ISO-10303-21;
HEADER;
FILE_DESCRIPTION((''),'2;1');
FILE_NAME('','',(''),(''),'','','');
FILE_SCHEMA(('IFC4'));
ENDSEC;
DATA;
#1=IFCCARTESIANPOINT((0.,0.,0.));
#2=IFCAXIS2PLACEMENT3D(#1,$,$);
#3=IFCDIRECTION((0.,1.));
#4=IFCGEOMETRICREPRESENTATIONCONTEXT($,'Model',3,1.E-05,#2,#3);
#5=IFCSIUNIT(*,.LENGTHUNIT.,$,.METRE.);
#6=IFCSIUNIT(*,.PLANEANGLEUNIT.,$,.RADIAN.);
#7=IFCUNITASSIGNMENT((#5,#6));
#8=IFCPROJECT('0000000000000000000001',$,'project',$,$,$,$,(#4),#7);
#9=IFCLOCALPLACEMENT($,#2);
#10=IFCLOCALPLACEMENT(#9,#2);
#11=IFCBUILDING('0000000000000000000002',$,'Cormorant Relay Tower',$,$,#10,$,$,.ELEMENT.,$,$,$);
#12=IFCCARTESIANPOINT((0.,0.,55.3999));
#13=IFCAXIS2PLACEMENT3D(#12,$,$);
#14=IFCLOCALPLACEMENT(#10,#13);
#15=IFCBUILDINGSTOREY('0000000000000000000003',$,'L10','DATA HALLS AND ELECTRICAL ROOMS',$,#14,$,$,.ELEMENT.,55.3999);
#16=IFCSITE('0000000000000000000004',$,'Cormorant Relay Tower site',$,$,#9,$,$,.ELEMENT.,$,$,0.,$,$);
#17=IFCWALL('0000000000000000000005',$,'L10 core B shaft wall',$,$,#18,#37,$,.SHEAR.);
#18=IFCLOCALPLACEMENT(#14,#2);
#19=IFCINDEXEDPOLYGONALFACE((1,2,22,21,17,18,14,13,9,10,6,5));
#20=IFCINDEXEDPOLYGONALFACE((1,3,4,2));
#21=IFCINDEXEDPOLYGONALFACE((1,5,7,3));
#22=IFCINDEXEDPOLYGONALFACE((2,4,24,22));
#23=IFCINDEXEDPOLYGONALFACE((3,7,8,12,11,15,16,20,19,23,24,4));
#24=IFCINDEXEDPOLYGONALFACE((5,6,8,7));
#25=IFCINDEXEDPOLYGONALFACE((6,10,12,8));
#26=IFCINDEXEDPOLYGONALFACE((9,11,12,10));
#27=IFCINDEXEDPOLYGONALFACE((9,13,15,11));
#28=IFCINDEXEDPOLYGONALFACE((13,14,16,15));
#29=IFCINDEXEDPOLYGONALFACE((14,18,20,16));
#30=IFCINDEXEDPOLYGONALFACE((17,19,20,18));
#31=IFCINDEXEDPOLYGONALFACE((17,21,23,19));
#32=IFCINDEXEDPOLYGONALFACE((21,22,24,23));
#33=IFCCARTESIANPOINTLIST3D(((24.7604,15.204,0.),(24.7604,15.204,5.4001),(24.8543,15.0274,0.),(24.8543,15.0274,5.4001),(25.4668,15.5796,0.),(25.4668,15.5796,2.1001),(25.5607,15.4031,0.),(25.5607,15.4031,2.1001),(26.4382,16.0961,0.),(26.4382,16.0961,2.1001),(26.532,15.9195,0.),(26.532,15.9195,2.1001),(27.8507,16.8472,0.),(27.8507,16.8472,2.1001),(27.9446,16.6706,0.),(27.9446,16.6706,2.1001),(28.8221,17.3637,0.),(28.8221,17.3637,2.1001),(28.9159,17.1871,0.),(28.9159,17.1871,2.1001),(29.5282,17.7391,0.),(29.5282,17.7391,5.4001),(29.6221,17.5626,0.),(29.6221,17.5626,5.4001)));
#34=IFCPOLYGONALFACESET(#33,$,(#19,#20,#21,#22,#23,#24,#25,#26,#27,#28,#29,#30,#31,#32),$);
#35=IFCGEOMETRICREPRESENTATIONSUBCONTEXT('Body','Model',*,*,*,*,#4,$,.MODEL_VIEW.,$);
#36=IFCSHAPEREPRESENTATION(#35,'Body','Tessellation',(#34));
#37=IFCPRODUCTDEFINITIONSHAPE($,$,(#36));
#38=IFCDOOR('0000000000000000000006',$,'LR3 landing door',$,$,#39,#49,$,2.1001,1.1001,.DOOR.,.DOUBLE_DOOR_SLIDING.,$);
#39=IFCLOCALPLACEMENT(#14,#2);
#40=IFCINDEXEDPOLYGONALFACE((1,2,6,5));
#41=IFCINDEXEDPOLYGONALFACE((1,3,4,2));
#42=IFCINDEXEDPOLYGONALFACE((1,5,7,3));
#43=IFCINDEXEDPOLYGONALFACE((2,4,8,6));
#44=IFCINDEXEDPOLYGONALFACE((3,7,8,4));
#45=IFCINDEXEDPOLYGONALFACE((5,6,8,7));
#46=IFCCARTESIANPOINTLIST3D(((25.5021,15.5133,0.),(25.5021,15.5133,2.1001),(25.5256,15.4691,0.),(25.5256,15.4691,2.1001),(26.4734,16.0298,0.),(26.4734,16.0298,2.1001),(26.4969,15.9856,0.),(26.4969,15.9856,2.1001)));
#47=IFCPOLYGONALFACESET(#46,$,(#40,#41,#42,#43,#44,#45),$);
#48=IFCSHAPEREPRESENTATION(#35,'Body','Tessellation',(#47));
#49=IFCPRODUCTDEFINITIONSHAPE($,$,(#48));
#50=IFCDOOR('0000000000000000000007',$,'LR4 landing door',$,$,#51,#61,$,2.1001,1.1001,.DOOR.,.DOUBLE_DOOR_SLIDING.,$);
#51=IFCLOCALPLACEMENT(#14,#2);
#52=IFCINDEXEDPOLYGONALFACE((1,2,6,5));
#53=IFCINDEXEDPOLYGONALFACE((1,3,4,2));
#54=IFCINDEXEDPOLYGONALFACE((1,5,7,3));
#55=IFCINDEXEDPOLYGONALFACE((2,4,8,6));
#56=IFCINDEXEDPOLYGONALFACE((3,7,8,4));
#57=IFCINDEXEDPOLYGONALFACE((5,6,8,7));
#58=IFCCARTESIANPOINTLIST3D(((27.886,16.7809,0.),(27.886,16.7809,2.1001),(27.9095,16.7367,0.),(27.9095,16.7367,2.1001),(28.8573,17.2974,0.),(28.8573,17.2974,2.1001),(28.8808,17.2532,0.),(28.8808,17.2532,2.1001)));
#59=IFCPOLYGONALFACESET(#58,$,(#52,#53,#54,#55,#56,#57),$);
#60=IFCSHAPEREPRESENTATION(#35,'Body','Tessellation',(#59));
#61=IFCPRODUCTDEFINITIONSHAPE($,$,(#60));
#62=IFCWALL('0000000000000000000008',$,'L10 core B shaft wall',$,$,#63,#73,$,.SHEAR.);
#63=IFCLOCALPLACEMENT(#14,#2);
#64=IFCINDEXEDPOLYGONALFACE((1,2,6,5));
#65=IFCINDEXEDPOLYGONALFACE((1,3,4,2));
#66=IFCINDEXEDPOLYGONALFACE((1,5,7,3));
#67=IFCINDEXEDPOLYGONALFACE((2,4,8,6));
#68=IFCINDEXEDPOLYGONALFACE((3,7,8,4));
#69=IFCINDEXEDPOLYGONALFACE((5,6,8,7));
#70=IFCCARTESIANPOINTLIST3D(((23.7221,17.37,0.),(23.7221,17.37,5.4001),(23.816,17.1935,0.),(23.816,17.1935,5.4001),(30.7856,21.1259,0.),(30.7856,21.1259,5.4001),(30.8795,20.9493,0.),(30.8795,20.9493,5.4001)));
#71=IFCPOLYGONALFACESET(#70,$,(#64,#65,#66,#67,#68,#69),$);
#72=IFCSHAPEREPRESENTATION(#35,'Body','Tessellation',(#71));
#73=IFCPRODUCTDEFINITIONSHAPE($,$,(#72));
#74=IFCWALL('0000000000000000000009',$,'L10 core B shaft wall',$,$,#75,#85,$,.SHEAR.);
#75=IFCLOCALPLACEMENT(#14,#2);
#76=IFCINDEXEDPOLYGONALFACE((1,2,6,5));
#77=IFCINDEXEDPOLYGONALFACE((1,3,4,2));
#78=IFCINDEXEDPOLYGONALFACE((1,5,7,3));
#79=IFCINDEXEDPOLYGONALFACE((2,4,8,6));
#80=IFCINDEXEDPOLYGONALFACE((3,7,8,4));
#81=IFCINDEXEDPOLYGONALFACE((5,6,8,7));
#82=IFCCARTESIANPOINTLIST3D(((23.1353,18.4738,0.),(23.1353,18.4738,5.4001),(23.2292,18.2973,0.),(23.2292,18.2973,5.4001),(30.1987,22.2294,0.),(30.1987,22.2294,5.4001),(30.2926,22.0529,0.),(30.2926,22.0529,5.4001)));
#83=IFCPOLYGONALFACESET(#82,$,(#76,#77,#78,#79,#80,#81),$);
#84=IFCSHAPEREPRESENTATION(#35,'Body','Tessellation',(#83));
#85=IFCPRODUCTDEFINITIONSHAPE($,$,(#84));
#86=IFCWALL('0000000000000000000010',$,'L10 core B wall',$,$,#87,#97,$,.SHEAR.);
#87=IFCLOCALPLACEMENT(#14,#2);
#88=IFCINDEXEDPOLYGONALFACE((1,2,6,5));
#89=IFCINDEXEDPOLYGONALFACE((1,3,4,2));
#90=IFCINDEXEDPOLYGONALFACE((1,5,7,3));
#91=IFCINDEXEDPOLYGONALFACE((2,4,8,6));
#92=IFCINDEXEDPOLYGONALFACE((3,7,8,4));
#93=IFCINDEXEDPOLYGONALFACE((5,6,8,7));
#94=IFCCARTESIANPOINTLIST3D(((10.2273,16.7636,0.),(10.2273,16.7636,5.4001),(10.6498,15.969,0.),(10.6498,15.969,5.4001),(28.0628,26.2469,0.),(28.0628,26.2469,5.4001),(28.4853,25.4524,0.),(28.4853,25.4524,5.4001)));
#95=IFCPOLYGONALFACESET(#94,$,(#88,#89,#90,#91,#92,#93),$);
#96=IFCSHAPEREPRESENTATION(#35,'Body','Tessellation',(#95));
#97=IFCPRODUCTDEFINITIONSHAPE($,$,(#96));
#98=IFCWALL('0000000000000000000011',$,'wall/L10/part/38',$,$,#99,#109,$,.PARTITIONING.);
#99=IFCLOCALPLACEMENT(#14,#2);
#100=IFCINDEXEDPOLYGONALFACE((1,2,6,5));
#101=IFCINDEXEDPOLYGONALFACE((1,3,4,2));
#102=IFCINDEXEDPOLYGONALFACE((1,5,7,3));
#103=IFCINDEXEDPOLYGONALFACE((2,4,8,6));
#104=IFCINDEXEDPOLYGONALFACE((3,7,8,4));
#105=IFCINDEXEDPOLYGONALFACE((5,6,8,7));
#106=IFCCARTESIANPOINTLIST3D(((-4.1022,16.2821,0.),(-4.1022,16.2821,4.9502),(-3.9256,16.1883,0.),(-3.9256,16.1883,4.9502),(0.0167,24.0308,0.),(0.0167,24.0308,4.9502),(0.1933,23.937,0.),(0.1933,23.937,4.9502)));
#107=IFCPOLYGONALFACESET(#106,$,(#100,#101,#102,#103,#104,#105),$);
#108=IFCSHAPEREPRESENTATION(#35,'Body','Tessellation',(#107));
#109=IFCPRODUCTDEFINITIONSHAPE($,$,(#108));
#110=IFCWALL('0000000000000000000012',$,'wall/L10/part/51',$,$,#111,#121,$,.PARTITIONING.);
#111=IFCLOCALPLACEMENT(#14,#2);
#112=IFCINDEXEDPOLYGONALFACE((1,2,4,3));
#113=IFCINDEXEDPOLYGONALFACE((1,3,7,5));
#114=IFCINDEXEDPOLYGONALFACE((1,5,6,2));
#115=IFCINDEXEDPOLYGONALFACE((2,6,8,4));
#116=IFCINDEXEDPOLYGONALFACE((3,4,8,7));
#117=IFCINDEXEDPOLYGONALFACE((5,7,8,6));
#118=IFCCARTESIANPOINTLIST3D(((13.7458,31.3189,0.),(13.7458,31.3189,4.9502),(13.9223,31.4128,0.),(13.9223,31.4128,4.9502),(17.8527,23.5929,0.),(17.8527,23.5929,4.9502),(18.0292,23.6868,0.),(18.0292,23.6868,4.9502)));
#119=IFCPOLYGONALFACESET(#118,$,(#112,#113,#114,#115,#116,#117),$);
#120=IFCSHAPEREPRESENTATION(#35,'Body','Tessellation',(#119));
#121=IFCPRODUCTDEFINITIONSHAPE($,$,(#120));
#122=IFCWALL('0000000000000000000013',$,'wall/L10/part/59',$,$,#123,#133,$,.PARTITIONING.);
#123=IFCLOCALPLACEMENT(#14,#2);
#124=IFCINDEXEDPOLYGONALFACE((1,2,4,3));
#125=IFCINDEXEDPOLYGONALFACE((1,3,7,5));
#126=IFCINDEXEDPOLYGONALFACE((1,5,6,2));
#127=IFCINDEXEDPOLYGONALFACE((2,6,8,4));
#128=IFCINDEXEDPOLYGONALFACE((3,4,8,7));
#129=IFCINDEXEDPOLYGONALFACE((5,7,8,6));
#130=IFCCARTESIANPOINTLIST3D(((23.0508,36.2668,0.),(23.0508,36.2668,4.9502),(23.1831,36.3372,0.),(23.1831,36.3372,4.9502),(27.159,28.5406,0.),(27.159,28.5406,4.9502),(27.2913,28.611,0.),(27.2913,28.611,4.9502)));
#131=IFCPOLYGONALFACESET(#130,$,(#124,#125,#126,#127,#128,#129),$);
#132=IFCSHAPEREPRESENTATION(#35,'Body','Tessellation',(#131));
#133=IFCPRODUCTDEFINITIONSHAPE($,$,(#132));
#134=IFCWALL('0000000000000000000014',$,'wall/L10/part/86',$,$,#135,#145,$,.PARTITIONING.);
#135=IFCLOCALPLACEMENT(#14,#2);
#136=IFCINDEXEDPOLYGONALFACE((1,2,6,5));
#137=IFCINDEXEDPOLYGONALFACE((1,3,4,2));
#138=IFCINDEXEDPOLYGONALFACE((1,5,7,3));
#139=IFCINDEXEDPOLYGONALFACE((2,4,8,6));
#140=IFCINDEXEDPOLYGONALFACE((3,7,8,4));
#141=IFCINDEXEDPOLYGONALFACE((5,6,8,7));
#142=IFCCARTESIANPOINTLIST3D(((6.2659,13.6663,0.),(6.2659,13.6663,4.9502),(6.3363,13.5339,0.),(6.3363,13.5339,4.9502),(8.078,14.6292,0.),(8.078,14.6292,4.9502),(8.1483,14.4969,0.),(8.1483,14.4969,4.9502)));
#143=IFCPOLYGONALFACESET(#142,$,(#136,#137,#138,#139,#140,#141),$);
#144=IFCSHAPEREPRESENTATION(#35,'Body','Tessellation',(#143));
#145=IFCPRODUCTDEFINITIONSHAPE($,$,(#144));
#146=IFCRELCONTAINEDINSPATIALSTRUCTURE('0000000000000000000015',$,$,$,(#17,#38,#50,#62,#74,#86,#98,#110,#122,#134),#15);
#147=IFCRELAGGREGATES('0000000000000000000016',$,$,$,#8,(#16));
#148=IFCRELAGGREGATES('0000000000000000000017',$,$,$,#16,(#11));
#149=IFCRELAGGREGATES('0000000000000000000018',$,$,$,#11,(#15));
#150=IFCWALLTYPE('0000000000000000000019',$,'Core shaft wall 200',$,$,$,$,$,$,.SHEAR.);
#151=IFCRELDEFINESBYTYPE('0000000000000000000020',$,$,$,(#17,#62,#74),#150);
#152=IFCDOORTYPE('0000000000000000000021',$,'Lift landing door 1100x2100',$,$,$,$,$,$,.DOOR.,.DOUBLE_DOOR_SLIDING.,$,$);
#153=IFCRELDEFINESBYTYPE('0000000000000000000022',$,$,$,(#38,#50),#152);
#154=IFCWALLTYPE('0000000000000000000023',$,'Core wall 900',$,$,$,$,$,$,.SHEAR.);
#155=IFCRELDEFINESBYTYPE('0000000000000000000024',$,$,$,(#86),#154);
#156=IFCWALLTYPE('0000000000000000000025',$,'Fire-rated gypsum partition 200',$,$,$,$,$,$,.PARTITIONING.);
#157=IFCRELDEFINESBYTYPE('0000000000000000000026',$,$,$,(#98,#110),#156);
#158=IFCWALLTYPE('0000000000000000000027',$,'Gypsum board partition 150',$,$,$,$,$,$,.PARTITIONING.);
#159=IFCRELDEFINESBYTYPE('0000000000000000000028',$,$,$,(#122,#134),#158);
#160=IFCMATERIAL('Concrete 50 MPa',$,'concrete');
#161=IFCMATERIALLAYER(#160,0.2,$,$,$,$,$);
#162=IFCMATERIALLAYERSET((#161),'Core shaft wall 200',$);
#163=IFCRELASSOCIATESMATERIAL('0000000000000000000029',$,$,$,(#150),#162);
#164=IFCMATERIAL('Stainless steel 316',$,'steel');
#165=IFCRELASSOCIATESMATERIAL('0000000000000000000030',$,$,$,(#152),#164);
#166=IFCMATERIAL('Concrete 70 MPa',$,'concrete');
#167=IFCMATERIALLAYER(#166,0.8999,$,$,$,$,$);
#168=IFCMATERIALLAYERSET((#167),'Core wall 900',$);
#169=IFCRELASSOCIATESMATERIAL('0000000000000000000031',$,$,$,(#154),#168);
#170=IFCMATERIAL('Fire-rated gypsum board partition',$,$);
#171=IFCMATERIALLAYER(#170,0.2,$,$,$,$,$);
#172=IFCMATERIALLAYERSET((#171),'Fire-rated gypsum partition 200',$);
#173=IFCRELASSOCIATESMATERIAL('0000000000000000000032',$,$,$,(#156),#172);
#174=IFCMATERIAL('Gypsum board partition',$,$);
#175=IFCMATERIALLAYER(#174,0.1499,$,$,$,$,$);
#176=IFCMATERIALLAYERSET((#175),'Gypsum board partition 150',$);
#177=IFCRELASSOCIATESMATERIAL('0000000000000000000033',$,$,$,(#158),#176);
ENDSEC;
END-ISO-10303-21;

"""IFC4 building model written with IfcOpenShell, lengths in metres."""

from ifc_helpers import new_model, si_unit, direction, frame, frame_2d, origin, place, context, subcontext, project, spatial, rectangle, extrude, material, layer, layer_set, type_object, element, fill, save


model = new_model("IFC4")

# Units and contexts
model_context = context("Model", 3, precision=1e-05, world=origin(), true_north=direction((0.0, 1.0)))
body_context = subcontext(model_context, "Body", "Model", "MODEL_VIEW")
ifc_project = project(units=[si_unit("LENGTHUNIT", "METRE"), si_unit("PLANEANGLEUNIT", "RADIAN")], contexts=[model_context])

# Site, building, storey
site_placement = place(None, origin())
site = spatial("IfcSite", under=ifc_project, at=site_placement, Name="Cormorant Relay Tower site", CompositionType="ELEMENT", RefElevation=0.0)
building_placement = place(site_placement, origin())
building = spatial("IfcBuilding", under=site, at=building_placement, Name="Cormorant Relay Tower", CompositionType="ELEMENT")
storey_placement = place(building_placement, frame((0.0, 0.0, 55.3999)))
storey = spatial("IfcBuildingStorey", under=building, at=storey_placement, Name="L10", Description="DATA HALLS AND ELECTRICAL ROOMS", CompositionType="ELEMENT", Elevation=55.3999)

# Shared definitions
ifc_material_1 = material(Name="Concrete 50 MPa", Category="concrete")
ifc_layer_1 = layer(ifc_material_1, 0.2)
ifc_layer_set_1 = layer_set([ifc_layer_1], Name="Core shaft wall 200")
wall_type_1 = type_object("IfcWallType", Name="Core shaft wall 200", PredefinedType="SHEAR", material=ifc_layer_set_1)

# Wall, openings, doors
wall_1_placement = place(storey_placement, frame((24.8074, 15.1157, 0.0), z_axis=(0.0, 0.0, 1.0), x_axis=(0.882943, 0.46948, 0.0)))
wall_1 = element("IfcWall", 1, at=wall_1_placement, inside=storey, type_object=wall_type_1, Name="L10 core B shaft wall", PredefinedType="SHEAR", context=body_context, shape_type="SweptSolid", body=[
    extrude(rectangle(XDim=5.3999, YDim=0.2, at=frame_2d((2.7, 0.0))), origin(), (0.0, 0.0, 1.0), 5.4001),
])
opening_1_placement = place(wall_1_placement, frame((0.8, 0.0, 0.0)))
opening_1 = element("IfcOpeningElement", 2, at=opening_1_placement, cuts=wall_1, PredefinedType="OPENING", context=body_context, shape_type="SweptSolid", body=[
    extrude(rectangle(XDim=1.1001, YDim=2.1001, at=frame_2d((0.55, 1.05))), frame((0.0, 0.1099, 0.0), z_axis=(0.0, -1.0, 0.0), x_axis=(1.0, 0.0, 0.0)), (0.0, 0.0, 1.0), 0.22),
])
opening_2_placement = place(wall_1_placement, frame((3.5, 0.0, 0.0)))
opening_2 = element("IfcOpeningElement", 3, at=opening_2_placement, cuts=wall_1, PredefinedType="OPENING", context=body_context, shape_type="SweptSolid", body=[
    extrude(rectangle(XDim=1.1001, YDim=2.1001, at=frame_2d((0.55, 1.05))), frame((0.0, 0.1099, 0.0), z_axis=(0.0, -1.0, 0.0), x_axis=(1.0, 0.0, 0.0)), (0.0, 0.0, 1.0), 0.22),
])
ifc_material_2 = material(Name="Stainless steel 316", Category="steel")
door_type_1 = type_object("IfcDoorType", Name="Lift landing door 1100x2100", OperationType="DOUBLE_DOOR_SLIDING", PredefinedType="DOOR", material=ifc_material_2)
door_1_placement = place(opening_1_placement, origin())
door_1 = element("IfcDoor", 4, at=door_1_placement, inside=storey, type_object=door_type_1, Name="LR3 landing door", OperationType="DOUBLE_DOOR_SLIDING", OverallHeight=2.1001, OverallWidth=1.1001, PredefinedType="DOOR", context=body_context, shape_type="SweptSolid", body=[
    extrude(rectangle(XDim=1.1001, YDim=2.1001, at=frame_2d((0.55, 1.05))), frame((0.0, 0.0249, 0.0), z_axis=(0.0, -1.0, 0.0), x_axis=(1.0, 0.0, 0.0)), (0.0, 0.0, 1.0), 0.05),
])
fill(opening_1, door_1)
door_2_placement = place(opening_2_placement, origin())
door_2 = element("IfcDoor", 5, at=door_2_placement, inside=storey, type_object=door_type_1, Name="LR4 landing door", OperationType="DOUBLE_DOOR_SLIDING", OverallHeight=2.1001, OverallWidth=1.1001, PredefinedType="DOOR", context=body_context, shape_type="SweptSolid", body=[
    extrude(rectangle(XDim=1.1001, YDim=2.1001, at=frame_2d((0.55, 1.05))), frame((0.0, 0.0249, 0.0), z_axis=(0.0, -1.0, 0.0), x_axis=(1.0, 0.0, 0.0)), (0.0, 0.0, 1.0), 0.05),
])
fill(opening_2, door_2)

# Walls
wall_2_placement = place(storey_placement, frame((23.769, 17.2817, 0.0), z_axis=(0.0, 0.0, 1.0), x_axis=(0.88294, 0.469485, 0.0)))
element("IfcWall", 6, at=wall_2_placement, inside=storey, type_object=wall_type_1, Name="L10 core B shaft wall", PredefinedType="SHEAR", context=body_context, shape_type="SweptSolid", body=[
    extrude(rectangle(XDim=8.0, YDim=0.2, at=frame_2d((4.0, 0.0))), origin(), (0.0, 0.0, 1.0), 5.4001),
])
wall_3_placement = place(storey_placement, frame((23.1821, 18.3855, 0.0), z_axis=(0.0, 0.0, 1.0), x_axis=(0.882953, 0.469462, 0.0)))
element("IfcWall", 7, at=wall_3_placement, inside=storey, type_object=wall_type_1, Name="L10 core B shaft wall", PredefinedType="SHEAR", context=body_context, shape_type="SweptSolid", body=[
    extrude(rectangle(XDim=7.9998, YDim=0.2, at=frame_2d((4.0, 0.0))), origin(), (0.0, 0.0, 1.0), 5.4001),
])
ifc_material_3 = material(Name="Concrete 70 MPa", Category="concrete")
ifc_layer_2 = layer(ifc_material_3, 0.8999)
ifc_layer_set_2 = layer_set([ifc_layer_2], Name="Core wall 900")
wall_type_2 = type_object("IfcWallType", Name="Core wall 900", PredefinedType="SHEAR", material=ifc_layer_set_2)
wall_4_placement = place(storey_placement, frame((10.4385, 16.3662, 0.0), z_axis=(0.0, 0.0, 1.0), x_axis=(0.882945, 0.469476, 0.0)))
element("IfcWall", 8, at=wall_4_placement, inside=storey, type_object=wall_type_2, Name="L10 core B wall", PredefinedType="SHEAR", context=body_context, shape_type="SweptSolid", body=[
    extrude(rectangle(XDim=20.2, YDim=0.8999, at=frame_2d((10.1001, 0.0))), origin(), (0.0, 0.0, 1.0), 5.4001),
])
ifc_material_4 = material(Name="Fire-rated gypsum board partition")
ifc_layer_3 = layer(ifc_material_4, 0.2)
ifc_layer_set_3 = layer_set([ifc_layer_3], Name="Fire-rated gypsum partition 200")
wall_type_3 = type_object("IfcWallType", Name="Fire-rated gypsum partition 200", PredefinedType="PARTITIONING", material=ifc_layer_set_3)
wall_5_placement = place(storey_placement, frame((0.105, 23.9839, 0.0), z_axis=(0.0, 0.0, 1.0), x_axis=(-0.469365, -0.883004, 0.0)))
element("IfcWall", 9, at=wall_5_placement, inside=storey, type_object=wall_type_3, Name="wall/L10/part/38", PredefinedType="PARTITIONING", context=body_context, shape_type="SweptSolid", body=[
    extrude(rectangle(XDim=8.7754, YDim=0.2, at=frame_2d((4.3877, 0.0))), origin(), (0.0, 0.0, 1.0), 4.9502),
])
wall_6_placement = place(storey_placement, frame((13.834, 31.366, 0.0), z_axis=(0.0, 0.0, 1.0), x_axis=(0.469374, -0.882999, 0.0)))
element("IfcWall", 10, at=wall_6_placement, inside=storey, type_object=wall_type_3, Name="wall/L10/part/51", PredefinedType="PARTITIONING", context=body_context, shape_type="SweptSolid", body=[
    extrude(rectangle(XDim=8.7498, YDim=0.2, at=frame_2d((4.375, 0.0))), origin(), (0.0, 0.0, 1.0), 4.9502),
])
ifc_material_5 = material(Name="Gypsum board partition")
ifc_layer_4 = layer(ifc_material_5, 0.1499)
ifc_layer_set_4 = layer_set([ifc_layer_4], Name="Gypsum board partition 150")
wall_type_4 = type_object("IfcWallType", Name="Gypsum board partition 150", PredefinedType="PARTITIONING", material=ifc_layer_set_4)
wall_7_placement = place(storey_placement, frame((23.1169, 36.302, 0.0), z_axis=(0.0, 0.0, 1.0), x_axis=(0.469483, -0.882942, 0.0)))
element("IfcWall", 11, at=wall_7_placement, inside=storey, type_object=wall_type_4, Name="wall/L10/part/59", PredefinedType="PARTITIONING", context=body_context, shape_type="SweptSolid", body=[
    extrude(rectangle(XDim=8.7505, YDim=0.1499, at=frame_2d((4.3752, 0.0))), origin(), (0.0, 0.0, 1.0), 4.9502),
])
wall_8_placement = place(storey_placement, frame((8.113, 14.563, 0.0), z_axis=(0.0, 0.0, 1.0), x_axis=(-0.883063, -0.469254, 0.0)))
element("IfcWall", 12, at=wall_8_placement, inside=storey, type_object=wall_type_4, Name="wall/L10/part/86", PredefinedType="PARTITIONING", context=body_context, shape_type="SweptSolid", body=[
    extrude(rectangle(XDim=2.052, YDim=0.1499, at=frame_2d((1.0259, 0.0))), origin(), (0.0, 0.0, 1.0), 4.9502),
])

save(model, "model.ifc")
